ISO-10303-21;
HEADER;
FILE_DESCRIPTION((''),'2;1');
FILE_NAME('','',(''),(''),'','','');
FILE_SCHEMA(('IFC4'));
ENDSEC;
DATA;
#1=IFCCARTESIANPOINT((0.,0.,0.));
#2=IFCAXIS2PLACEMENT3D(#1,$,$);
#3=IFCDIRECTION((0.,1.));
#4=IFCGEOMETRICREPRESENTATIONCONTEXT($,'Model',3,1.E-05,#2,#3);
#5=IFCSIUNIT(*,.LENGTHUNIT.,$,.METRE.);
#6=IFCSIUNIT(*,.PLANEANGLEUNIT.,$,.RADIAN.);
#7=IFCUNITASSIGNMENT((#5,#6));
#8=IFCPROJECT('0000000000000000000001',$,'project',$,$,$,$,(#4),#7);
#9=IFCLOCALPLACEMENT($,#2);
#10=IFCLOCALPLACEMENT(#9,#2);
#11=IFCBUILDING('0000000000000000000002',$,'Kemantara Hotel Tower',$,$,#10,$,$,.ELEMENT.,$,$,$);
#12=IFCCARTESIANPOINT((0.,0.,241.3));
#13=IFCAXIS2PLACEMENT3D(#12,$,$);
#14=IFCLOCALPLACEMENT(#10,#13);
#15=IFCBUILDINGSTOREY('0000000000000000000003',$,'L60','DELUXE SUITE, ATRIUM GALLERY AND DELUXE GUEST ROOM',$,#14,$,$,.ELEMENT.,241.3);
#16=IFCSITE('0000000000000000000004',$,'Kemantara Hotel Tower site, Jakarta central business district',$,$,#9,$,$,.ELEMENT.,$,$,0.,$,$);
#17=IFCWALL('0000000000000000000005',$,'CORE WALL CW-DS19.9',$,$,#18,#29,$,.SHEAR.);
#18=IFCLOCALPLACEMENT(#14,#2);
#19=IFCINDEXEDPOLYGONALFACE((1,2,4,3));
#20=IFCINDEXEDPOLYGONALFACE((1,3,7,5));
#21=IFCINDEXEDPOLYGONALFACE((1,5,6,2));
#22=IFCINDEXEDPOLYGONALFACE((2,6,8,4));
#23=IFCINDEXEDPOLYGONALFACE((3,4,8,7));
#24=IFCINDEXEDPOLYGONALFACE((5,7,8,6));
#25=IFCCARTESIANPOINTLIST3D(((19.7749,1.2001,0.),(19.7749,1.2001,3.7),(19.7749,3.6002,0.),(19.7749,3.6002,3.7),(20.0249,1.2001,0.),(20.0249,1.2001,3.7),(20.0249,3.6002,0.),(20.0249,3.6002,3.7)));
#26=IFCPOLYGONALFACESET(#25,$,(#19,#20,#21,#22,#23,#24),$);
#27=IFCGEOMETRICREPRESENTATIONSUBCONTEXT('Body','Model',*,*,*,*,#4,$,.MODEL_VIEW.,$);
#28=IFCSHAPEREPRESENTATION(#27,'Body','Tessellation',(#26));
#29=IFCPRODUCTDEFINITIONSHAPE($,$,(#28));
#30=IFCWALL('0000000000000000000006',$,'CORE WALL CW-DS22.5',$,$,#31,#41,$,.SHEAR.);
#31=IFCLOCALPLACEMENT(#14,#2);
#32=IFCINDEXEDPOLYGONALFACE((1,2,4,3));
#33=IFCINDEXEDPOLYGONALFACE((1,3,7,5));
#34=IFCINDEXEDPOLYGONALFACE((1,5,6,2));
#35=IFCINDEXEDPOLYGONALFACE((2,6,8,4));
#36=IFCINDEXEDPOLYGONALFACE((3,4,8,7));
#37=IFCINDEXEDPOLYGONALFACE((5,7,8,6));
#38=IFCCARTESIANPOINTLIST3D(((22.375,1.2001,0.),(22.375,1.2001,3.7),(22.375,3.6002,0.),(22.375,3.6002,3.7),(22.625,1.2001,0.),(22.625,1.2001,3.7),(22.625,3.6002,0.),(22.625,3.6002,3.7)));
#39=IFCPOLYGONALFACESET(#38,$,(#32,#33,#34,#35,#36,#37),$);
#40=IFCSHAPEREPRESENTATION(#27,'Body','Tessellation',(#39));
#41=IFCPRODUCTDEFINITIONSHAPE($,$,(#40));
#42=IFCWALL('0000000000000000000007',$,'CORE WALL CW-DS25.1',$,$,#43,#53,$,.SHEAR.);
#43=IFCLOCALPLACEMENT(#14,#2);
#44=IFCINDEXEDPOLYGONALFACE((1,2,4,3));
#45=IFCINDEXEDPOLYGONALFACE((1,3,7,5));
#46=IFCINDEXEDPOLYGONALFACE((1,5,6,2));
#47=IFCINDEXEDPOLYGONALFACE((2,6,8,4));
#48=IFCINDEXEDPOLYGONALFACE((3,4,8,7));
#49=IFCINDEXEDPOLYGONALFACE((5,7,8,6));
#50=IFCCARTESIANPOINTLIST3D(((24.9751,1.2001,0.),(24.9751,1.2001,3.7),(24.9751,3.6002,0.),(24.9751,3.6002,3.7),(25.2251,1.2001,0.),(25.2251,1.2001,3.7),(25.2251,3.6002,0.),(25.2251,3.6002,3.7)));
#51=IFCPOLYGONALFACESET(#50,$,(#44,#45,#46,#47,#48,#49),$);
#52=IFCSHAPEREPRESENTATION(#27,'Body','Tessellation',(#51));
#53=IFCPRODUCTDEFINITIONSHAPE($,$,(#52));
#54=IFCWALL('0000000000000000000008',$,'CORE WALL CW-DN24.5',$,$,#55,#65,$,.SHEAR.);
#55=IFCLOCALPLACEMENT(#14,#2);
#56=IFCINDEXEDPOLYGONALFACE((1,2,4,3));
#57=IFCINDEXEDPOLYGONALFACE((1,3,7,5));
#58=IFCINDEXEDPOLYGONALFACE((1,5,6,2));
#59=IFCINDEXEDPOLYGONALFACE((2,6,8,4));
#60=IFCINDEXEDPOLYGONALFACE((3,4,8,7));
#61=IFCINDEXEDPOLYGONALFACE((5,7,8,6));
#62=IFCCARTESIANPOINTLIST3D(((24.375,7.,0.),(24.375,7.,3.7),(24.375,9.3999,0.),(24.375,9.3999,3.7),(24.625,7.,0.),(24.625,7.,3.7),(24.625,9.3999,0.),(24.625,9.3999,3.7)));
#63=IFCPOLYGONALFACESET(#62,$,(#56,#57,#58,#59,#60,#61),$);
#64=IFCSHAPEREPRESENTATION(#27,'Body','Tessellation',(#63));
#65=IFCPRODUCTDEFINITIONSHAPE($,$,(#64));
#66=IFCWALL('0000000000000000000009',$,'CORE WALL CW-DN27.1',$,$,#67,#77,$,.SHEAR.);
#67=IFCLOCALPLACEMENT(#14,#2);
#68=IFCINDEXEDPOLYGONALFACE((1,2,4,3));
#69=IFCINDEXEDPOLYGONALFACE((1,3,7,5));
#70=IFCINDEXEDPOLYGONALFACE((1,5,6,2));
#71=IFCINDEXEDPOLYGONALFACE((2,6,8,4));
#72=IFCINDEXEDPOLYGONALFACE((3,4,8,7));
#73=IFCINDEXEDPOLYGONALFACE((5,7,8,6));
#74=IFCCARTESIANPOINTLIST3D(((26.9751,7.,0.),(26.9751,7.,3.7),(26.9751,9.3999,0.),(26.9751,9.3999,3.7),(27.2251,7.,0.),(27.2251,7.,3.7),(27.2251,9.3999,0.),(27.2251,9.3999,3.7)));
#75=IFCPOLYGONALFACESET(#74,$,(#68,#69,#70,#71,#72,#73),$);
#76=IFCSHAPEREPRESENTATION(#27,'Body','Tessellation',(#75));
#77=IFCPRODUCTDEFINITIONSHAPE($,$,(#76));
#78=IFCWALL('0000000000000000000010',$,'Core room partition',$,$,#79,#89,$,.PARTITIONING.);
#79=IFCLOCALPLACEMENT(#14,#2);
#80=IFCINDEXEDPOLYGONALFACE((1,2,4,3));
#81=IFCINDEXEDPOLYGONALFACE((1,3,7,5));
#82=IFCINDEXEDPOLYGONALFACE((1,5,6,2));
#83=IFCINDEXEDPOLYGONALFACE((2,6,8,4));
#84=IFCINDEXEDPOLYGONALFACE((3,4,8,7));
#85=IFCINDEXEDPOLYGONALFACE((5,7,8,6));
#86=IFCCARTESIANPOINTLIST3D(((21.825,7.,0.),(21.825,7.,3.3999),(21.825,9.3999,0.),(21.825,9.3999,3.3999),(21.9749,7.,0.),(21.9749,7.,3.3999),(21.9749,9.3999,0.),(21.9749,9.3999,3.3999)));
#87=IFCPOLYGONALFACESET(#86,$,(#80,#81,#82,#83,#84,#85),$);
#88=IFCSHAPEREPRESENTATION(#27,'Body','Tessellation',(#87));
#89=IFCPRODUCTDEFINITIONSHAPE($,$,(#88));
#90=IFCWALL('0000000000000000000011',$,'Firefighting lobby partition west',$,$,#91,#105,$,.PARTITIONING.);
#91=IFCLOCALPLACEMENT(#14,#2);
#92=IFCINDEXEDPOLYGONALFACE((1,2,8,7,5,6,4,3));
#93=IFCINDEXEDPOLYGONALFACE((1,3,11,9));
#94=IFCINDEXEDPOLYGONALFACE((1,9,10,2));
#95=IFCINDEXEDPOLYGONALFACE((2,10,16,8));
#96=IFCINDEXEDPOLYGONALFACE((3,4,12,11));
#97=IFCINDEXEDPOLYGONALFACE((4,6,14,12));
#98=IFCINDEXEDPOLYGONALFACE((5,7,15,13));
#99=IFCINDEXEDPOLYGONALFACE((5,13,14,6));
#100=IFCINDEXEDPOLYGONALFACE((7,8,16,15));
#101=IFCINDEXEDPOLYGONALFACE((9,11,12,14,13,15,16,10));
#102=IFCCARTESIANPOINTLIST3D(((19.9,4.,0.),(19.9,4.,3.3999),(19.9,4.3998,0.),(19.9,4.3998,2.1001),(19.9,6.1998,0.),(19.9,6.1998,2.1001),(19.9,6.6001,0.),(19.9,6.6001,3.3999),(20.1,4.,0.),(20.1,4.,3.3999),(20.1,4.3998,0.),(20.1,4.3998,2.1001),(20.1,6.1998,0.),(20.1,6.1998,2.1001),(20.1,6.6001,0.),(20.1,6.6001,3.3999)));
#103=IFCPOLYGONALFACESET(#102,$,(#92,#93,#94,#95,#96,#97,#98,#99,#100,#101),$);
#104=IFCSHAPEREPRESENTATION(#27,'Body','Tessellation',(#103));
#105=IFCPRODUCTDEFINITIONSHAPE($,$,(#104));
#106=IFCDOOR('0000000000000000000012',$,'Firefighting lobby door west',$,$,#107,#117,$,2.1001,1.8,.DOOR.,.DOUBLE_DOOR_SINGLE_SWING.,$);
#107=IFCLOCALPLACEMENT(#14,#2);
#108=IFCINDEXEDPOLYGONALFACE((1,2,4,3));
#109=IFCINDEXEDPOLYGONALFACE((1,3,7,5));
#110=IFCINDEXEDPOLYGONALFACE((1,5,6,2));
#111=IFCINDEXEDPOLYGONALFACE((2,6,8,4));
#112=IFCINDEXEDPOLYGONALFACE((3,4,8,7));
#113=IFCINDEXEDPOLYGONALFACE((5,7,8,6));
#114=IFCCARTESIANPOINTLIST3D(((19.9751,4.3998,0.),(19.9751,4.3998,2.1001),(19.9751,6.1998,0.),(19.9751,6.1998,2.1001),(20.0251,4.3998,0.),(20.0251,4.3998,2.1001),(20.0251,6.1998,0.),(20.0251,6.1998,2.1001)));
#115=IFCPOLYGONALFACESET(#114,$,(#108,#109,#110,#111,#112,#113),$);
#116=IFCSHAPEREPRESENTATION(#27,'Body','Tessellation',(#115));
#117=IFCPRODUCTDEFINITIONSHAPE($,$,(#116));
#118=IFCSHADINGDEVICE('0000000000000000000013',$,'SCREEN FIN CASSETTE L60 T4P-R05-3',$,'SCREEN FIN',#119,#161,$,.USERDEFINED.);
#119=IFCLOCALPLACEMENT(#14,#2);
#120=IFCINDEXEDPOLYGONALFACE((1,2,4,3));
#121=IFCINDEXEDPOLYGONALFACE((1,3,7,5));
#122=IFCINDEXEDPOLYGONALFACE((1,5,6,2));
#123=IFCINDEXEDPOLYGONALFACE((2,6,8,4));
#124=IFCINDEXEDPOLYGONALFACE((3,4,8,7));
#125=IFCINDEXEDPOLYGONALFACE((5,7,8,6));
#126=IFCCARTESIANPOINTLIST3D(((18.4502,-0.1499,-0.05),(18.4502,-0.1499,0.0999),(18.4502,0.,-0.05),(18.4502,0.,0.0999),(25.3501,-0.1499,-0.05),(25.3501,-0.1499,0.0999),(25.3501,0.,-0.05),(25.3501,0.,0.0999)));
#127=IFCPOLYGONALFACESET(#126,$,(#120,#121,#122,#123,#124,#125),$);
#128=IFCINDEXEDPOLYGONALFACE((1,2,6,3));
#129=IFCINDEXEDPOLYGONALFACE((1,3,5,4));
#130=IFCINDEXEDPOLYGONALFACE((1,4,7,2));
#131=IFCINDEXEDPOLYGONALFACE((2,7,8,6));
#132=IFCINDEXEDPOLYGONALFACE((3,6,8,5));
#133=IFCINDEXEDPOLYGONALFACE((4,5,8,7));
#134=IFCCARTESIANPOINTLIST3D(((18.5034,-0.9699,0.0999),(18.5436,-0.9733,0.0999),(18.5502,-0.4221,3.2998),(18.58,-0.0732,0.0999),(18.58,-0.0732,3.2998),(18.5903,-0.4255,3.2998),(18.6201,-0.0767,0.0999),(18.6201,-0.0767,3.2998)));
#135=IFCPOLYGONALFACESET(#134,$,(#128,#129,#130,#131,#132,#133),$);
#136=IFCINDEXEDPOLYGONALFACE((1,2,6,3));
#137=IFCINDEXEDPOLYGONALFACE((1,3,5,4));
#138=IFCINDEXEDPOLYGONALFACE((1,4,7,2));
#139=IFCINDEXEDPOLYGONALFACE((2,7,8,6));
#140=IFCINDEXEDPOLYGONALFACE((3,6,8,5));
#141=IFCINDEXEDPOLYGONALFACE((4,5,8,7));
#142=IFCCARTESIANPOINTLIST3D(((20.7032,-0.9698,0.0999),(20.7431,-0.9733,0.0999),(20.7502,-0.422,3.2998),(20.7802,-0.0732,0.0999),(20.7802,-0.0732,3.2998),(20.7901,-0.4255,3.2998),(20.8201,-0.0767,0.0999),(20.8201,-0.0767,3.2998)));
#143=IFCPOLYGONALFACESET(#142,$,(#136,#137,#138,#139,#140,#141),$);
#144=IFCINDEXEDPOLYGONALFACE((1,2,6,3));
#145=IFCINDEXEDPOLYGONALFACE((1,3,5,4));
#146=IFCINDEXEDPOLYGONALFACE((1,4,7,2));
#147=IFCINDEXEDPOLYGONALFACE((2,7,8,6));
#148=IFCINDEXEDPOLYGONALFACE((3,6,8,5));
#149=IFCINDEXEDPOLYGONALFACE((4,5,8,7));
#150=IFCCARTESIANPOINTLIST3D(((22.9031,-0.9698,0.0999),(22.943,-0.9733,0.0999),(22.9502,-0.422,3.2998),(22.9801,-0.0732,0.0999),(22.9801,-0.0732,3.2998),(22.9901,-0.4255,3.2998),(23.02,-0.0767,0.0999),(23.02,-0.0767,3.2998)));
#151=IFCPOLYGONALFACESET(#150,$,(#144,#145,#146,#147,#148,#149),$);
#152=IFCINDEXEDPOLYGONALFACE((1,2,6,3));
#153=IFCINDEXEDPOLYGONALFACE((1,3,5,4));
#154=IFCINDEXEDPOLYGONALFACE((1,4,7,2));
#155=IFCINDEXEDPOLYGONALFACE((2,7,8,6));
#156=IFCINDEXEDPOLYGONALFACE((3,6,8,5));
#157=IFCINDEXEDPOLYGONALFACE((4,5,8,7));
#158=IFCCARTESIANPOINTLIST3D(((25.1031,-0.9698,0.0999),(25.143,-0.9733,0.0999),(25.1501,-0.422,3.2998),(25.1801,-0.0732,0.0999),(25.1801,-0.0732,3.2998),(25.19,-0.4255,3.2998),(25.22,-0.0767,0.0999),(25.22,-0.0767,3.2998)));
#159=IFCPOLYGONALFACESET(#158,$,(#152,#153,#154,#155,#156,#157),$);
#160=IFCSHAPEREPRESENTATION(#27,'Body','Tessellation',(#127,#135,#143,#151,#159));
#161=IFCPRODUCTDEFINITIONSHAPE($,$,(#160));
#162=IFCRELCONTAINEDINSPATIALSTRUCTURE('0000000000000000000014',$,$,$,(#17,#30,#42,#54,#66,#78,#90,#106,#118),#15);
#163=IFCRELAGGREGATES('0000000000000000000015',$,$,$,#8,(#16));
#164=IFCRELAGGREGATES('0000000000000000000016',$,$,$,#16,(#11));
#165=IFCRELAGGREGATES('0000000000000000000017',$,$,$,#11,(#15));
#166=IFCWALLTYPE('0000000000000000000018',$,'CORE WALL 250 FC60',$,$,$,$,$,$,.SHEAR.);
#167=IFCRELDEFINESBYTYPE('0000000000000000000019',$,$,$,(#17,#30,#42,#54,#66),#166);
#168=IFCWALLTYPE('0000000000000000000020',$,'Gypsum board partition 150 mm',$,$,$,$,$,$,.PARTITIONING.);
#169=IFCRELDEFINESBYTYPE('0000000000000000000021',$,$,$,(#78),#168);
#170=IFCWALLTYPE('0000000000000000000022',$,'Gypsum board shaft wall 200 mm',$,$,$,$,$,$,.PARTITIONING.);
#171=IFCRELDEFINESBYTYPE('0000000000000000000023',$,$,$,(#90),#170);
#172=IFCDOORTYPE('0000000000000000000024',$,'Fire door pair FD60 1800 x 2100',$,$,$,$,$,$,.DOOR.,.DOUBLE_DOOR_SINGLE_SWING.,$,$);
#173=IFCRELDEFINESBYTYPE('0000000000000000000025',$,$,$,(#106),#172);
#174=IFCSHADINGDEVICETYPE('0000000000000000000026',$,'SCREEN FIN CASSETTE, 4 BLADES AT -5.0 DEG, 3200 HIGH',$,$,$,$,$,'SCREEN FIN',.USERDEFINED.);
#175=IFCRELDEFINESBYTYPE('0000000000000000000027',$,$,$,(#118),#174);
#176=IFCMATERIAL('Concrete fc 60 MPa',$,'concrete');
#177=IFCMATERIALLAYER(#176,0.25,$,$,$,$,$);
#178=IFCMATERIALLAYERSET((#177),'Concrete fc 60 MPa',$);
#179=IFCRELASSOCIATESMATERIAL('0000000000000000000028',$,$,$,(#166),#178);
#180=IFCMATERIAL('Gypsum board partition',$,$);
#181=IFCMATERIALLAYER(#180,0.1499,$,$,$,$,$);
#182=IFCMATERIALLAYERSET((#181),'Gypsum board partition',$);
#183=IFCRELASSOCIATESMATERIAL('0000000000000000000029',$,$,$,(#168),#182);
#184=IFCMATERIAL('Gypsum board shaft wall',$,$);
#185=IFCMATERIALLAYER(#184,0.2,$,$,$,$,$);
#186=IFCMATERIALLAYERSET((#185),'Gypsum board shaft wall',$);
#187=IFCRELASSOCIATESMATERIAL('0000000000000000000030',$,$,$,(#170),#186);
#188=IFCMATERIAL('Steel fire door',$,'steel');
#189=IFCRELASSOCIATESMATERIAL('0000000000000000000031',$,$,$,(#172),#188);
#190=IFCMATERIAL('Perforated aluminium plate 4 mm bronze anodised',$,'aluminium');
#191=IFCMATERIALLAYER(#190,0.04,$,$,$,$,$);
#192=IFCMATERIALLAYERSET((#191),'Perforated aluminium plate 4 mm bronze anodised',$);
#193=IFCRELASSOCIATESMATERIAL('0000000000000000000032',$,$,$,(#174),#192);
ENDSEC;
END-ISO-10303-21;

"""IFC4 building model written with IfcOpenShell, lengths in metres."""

from ifc_helpers import new_model, si_unit, direction, frame, frame_2d, origin, origin_2d, place, context, subcontext, project, spatial, polyline, rectangle, outline, extrude, source, transform, mapped, material, layer, layer_set, type_object, element, fill, save


model = new_model("IFC4")

# Units and contexts
model_context = context("Model", 3, precision=1e-05, world=origin(), true_north=direction((0.0, 1.0)))
body_context = subcontext(model_context, "Body", "Model", "MODEL_VIEW")
ifc_project = project(units=[si_unit("LENGTHUNIT", "METRE"), si_unit("PLANEANGLEUNIT", "RADIAN")], contexts=[model_context])

# Site, building, storey
site_placement = place(None, origin())
site = spatial("IfcSite", under=ifc_project, at=site_placement, Name="Kemantara Hotel Tower site, Jakarta central business district", CompositionType="ELEMENT", RefElevation=0.0)
building_placement = place(site_placement, origin())
building = spatial("IfcBuilding", under=site, at=building_placement, Name="Kemantara Hotel Tower", CompositionType="ELEMENT")
storey_placement = place(building_placement, frame((0.0, 0.0, 241.3)))
storey = spatial("IfcBuildingStorey", under=building, at=storey_placement, Name="L60", Description="DELUXE SUITE, ATRIUM GALLERY AND DELUXE GUEST ROOM", CompositionType="ELEMENT", Elevation=241.3)

# Walls
ifc_material_1 = material(Name="Concrete fc 60 MPa", Category="concrete")
ifc_layer_1 = layer(ifc_material_1, 0.25)
ifc_layer_set_1 = layer_set([ifc_layer_1], Name="Concrete fc 60 MPa")
wall_type_1 = type_object("IfcWallType", Name="CORE WALL 250 FC60", PredefinedType="SHEAR", material=ifc_layer_set_1)
for number, where, z_axis, x_axis, name in (
    (1, (19.8999, 1.2, 0.0), (0.0, 0.0, 1.0), (0.0, 1.0, 0.0), "CORE WALL CW-DS19.9"),
    (2, (22.5, 1.2, 0.0), (0.0, 0.0, 1.0), (0.0, 1.0, 0.0), "CORE WALL CW-DS22.5"),
    (3, (25.1001, 1.2, 0.0), (0.0, 0.0, 1.0), (0.0, 1.0, 0.0), "CORE WALL CW-DS25.1"),
):
    element("IfcWall", number, at=place(storey_placement, frame(where, z_axis=z_axis, x_axis=x_axis)), inside=storey, type_object=wall_type_1, Name=name, PredefinedType="SHEAR", context=body_context, shape_type="SweptSolid", body=[
        extrude(rectangle(XDim=2.4001, YDim=0.25, at=frame_2d((1.2002, 0.0))), origin(), (0.0, 0.0, 1.0), 3.7),
    ])
for number, where, z_axis, x_axis, name in (
    (4, (24.5, 7.0, 0.0), (0.0, 0.0, 1.0), (0.0, 1.0, 0.0), "CORE WALL CW-DN24.5"),
    (5, (27.1001, 7.0, 0.0), (0.0, 0.0, 1.0), (0.0, 1.0, 0.0), "CORE WALL CW-DN27.1"),
):
    element("IfcWall", number, at=place(storey_placement, frame(where, z_axis=z_axis, x_axis=x_axis)), inside=storey, type_object=wall_type_1, Name=name, PredefinedType="SHEAR", context=body_context, shape_type="SweptSolid", body=[
        extrude(rectangle(XDim=2.3999, YDim=0.25, at=frame_2d((1.2, 0.0))), origin(), (0.0, 0.0, 1.0), 3.7),
    ])
ifc_material_2 = material(Name="Gypsum board partition")
ifc_layer_2 = layer(ifc_material_2, 0.1499)
ifc_layer_set_2 = layer_set([ifc_layer_2], Name="Gypsum board partition")
wall_type_2 = type_object("IfcWallType", Name="Gypsum board partition 150 mm", PredefinedType="PARTITIONING", material=ifc_layer_set_2)
wall_1_placement = place(storey_placement, frame((21.8999, 7.0, 0.0), z_axis=(0.0, 0.0, 1.0), x_axis=(0.0, 1.0, 0.0)))
element("IfcWall", 6, at=wall_1_placement, inside=storey, type_object=wall_type_2, Name="Core room partition", PredefinedType="PARTITIONING", context=body_context, shape_type="SweptSolid", body=[
    extrude(rectangle(XDim=2.3999, YDim=0.1499, at=frame_2d((1.2, 0.0))), origin(), (0.0, 0.0, 1.0), 3.3999),
])

# Wall, opening, door
ifc_material_3 = material(Name="Gypsum board shaft wall")
ifc_layer_3 = layer(ifc_material_3, 0.2)
ifc_layer_set_3 = layer_set([ifc_layer_3], Name="Gypsum board shaft wall")
wall_type_3 = type_object("IfcWallType", Name="Gypsum board shaft wall 200 mm", PredefinedType="PARTITIONING", material=ifc_layer_set_3)
wall_2_placement = place(storey_placement, frame((20.0, 4.0, 0.0), z_axis=(0.0, 0.0, 1.0), x_axis=(0.0, 1.0, 0.0)))
wall_2 = element("IfcWall", 7, at=wall_2_placement, inside=storey, type_object=wall_type_3, Name="Firefighting lobby partition west", PredefinedType="PARTITIONING", context=body_context, shape_type="SweptSolid", body=[
    extrude(rectangle(XDim=2.6001, YDim=0.2, at=frame_2d((1.3, 0.0))), origin(), (0.0, 0.0, 1.0), 3.3999),
])
opening_placement = place(wall_2_placement, frame((0.3999, 0.0, 0.0)))
opening = element("IfcOpeningElement", 8, at=opening_placement, cuts=wall_2, PredefinedType="OPENING", context=body_context, shape_type="SweptSolid", body=[
    extrude(rectangle(XDim=1.8, YDim=2.1001, at=frame_2d((0.8999, 1.05))), frame((0.0, 0.1099, 0.0), z_axis=(0.0, -1.0, 0.0), x_axis=(1.0, 0.0, 0.0)), (0.0, 0.0, 1.0), 0.22),
])
ifc_material_4 = material(Name="Steel fire door", Category="steel")
door_type = type_object("IfcDoorType", Name="Fire door pair FD60 1800 x 2100", OperationType="DOUBLE_DOOR_SINGLE_SWING", PredefinedType="DOOR", material=ifc_material_4)
door_placement = place(opening_placement, origin())
door = element("IfcDoor", 9, at=door_placement, inside=storey, type_object=door_type, Name="Firefighting lobby door west", OperationType="DOUBLE_DOOR_SINGLE_SWING", OverallHeight=2.1001, OverallWidth=1.8, PredefinedType="DOOR", context=body_context, shape_type="SweptSolid", body=[
    extrude(rectangle(XDim=1.8, YDim=2.1001, at=frame_2d((0.8999, 1.05))), frame((0.0, 0.0249, 0.0), z_axis=(0.0, -1.0, 0.0), x_axis=(1.0, 0.0, 0.0)), (0.0, 0.0, 1.0), 0.05),
])
fill(opening, door)

# Shading device
ifc_material_5 = material(Name="Perforated aluminium plate 4 mm bronze anodised", Category="aluminium")
ifc_layer_4 = layer(ifc_material_5, 0.04)
ifc_layer_set_4 = layer_set([ifc_layer_4], Name="Perforated aluminium plate 4 mm bronze anodised")
shading_device_type_1 = type_object("IfcShadingDeviceType", Name="SCREEN FIN CASSETTE, 4 BLADES AT -5.0 DEG, 3200 HIGH", ElementType="SCREEN FIN", PredefinedType="USERDEFINED", material=ifc_layer_set_4)
shared_shape_1 = source(origin(), body_context, "Body", "SweptSolid", [
    extrude(rectangle(XDim=6.8999, YDim=0.1499, at=origin_2d()), frame((3.3, -0.075, -0.1499), z_axis=(0.0, 0.0, 1.0), x_axis=(1.0, 0.0, 0.0)), (0.0, 0.0, 1.0), 0.1499),
    extrude(outline(polyline([(0.0, 0.0), (0.8999, 0.0), (0.3501, 3.2), (0.0, 3.2), (0.0, 0.0)])), frame((0.02, -0.0767, 0.0), z_axis=(-0.996376, 0.085056, 0.0), x_axis=(-0.085056, -0.996376, 0.0)), (0.0, 0.0, 1.0), 0.0403),
    extrude(outline(polyline([(0.0, 0.0), (0.8999, 0.0), (0.3501, 3.2), (0.0, 3.2), (0.0, 0.0)])), frame((2.22, -0.0767, 0.0), z_axis=(-0.996332, 0.085575, 0.0), x_axis=(-0.085575, -0.996332, 0.0)), (0.0, 0.0, 1.0), 0.04),
    extrude(outline(polyline([(0.0, 0.0), (0.8999, 0.0), (0.3501, 3.2), (0.0, 3.2), (0.0, 0.0)])), frame((4.4199, -0.0767, 0.0), z_axis=(-0.996332, 0.085575, 0.0), x_axis=(-0.085575, -0.996332, 0.0)), (0.0, 0.0, 1.0), 0.04),
    extrude(outline(polyline([(0.0, 0.0), (0.8999, 0.0), (0.3501, 3.2), (0.0, 3.2), (0.0, 0.0)])), frame((6.6199, -0.0767, 0.0), z_axis=(-0.996332, 0.085575, 0.0), x_axis=(-0.085575, -0.996332, 0.0)), (0.0, 0.0, 1.0), 0.04),
])
shading_device_1_placement = place(storey_placement, frame((18.6001, 0.0, 0.0999), z_axis=(0.0, 0.0, 1.0), x_axis=(1.0, 0.0, 0.0)))
element("IfcShadingDevice", 10, at=shading_device_1_placement, inside=storey, type_object=shading_device_type_1, Name="SCREEN FIN CASSETTE L60 T4P-R05-3", ObjectType="SCREEN FIN", PredefinedType="USERDEFINED", context=body_context, shape_type="MappedRepresentation", body=[
    mapped(shared_shape_1, transform((0.0, 0.0, 0.0))),
])

save(model, "model.ifc")
